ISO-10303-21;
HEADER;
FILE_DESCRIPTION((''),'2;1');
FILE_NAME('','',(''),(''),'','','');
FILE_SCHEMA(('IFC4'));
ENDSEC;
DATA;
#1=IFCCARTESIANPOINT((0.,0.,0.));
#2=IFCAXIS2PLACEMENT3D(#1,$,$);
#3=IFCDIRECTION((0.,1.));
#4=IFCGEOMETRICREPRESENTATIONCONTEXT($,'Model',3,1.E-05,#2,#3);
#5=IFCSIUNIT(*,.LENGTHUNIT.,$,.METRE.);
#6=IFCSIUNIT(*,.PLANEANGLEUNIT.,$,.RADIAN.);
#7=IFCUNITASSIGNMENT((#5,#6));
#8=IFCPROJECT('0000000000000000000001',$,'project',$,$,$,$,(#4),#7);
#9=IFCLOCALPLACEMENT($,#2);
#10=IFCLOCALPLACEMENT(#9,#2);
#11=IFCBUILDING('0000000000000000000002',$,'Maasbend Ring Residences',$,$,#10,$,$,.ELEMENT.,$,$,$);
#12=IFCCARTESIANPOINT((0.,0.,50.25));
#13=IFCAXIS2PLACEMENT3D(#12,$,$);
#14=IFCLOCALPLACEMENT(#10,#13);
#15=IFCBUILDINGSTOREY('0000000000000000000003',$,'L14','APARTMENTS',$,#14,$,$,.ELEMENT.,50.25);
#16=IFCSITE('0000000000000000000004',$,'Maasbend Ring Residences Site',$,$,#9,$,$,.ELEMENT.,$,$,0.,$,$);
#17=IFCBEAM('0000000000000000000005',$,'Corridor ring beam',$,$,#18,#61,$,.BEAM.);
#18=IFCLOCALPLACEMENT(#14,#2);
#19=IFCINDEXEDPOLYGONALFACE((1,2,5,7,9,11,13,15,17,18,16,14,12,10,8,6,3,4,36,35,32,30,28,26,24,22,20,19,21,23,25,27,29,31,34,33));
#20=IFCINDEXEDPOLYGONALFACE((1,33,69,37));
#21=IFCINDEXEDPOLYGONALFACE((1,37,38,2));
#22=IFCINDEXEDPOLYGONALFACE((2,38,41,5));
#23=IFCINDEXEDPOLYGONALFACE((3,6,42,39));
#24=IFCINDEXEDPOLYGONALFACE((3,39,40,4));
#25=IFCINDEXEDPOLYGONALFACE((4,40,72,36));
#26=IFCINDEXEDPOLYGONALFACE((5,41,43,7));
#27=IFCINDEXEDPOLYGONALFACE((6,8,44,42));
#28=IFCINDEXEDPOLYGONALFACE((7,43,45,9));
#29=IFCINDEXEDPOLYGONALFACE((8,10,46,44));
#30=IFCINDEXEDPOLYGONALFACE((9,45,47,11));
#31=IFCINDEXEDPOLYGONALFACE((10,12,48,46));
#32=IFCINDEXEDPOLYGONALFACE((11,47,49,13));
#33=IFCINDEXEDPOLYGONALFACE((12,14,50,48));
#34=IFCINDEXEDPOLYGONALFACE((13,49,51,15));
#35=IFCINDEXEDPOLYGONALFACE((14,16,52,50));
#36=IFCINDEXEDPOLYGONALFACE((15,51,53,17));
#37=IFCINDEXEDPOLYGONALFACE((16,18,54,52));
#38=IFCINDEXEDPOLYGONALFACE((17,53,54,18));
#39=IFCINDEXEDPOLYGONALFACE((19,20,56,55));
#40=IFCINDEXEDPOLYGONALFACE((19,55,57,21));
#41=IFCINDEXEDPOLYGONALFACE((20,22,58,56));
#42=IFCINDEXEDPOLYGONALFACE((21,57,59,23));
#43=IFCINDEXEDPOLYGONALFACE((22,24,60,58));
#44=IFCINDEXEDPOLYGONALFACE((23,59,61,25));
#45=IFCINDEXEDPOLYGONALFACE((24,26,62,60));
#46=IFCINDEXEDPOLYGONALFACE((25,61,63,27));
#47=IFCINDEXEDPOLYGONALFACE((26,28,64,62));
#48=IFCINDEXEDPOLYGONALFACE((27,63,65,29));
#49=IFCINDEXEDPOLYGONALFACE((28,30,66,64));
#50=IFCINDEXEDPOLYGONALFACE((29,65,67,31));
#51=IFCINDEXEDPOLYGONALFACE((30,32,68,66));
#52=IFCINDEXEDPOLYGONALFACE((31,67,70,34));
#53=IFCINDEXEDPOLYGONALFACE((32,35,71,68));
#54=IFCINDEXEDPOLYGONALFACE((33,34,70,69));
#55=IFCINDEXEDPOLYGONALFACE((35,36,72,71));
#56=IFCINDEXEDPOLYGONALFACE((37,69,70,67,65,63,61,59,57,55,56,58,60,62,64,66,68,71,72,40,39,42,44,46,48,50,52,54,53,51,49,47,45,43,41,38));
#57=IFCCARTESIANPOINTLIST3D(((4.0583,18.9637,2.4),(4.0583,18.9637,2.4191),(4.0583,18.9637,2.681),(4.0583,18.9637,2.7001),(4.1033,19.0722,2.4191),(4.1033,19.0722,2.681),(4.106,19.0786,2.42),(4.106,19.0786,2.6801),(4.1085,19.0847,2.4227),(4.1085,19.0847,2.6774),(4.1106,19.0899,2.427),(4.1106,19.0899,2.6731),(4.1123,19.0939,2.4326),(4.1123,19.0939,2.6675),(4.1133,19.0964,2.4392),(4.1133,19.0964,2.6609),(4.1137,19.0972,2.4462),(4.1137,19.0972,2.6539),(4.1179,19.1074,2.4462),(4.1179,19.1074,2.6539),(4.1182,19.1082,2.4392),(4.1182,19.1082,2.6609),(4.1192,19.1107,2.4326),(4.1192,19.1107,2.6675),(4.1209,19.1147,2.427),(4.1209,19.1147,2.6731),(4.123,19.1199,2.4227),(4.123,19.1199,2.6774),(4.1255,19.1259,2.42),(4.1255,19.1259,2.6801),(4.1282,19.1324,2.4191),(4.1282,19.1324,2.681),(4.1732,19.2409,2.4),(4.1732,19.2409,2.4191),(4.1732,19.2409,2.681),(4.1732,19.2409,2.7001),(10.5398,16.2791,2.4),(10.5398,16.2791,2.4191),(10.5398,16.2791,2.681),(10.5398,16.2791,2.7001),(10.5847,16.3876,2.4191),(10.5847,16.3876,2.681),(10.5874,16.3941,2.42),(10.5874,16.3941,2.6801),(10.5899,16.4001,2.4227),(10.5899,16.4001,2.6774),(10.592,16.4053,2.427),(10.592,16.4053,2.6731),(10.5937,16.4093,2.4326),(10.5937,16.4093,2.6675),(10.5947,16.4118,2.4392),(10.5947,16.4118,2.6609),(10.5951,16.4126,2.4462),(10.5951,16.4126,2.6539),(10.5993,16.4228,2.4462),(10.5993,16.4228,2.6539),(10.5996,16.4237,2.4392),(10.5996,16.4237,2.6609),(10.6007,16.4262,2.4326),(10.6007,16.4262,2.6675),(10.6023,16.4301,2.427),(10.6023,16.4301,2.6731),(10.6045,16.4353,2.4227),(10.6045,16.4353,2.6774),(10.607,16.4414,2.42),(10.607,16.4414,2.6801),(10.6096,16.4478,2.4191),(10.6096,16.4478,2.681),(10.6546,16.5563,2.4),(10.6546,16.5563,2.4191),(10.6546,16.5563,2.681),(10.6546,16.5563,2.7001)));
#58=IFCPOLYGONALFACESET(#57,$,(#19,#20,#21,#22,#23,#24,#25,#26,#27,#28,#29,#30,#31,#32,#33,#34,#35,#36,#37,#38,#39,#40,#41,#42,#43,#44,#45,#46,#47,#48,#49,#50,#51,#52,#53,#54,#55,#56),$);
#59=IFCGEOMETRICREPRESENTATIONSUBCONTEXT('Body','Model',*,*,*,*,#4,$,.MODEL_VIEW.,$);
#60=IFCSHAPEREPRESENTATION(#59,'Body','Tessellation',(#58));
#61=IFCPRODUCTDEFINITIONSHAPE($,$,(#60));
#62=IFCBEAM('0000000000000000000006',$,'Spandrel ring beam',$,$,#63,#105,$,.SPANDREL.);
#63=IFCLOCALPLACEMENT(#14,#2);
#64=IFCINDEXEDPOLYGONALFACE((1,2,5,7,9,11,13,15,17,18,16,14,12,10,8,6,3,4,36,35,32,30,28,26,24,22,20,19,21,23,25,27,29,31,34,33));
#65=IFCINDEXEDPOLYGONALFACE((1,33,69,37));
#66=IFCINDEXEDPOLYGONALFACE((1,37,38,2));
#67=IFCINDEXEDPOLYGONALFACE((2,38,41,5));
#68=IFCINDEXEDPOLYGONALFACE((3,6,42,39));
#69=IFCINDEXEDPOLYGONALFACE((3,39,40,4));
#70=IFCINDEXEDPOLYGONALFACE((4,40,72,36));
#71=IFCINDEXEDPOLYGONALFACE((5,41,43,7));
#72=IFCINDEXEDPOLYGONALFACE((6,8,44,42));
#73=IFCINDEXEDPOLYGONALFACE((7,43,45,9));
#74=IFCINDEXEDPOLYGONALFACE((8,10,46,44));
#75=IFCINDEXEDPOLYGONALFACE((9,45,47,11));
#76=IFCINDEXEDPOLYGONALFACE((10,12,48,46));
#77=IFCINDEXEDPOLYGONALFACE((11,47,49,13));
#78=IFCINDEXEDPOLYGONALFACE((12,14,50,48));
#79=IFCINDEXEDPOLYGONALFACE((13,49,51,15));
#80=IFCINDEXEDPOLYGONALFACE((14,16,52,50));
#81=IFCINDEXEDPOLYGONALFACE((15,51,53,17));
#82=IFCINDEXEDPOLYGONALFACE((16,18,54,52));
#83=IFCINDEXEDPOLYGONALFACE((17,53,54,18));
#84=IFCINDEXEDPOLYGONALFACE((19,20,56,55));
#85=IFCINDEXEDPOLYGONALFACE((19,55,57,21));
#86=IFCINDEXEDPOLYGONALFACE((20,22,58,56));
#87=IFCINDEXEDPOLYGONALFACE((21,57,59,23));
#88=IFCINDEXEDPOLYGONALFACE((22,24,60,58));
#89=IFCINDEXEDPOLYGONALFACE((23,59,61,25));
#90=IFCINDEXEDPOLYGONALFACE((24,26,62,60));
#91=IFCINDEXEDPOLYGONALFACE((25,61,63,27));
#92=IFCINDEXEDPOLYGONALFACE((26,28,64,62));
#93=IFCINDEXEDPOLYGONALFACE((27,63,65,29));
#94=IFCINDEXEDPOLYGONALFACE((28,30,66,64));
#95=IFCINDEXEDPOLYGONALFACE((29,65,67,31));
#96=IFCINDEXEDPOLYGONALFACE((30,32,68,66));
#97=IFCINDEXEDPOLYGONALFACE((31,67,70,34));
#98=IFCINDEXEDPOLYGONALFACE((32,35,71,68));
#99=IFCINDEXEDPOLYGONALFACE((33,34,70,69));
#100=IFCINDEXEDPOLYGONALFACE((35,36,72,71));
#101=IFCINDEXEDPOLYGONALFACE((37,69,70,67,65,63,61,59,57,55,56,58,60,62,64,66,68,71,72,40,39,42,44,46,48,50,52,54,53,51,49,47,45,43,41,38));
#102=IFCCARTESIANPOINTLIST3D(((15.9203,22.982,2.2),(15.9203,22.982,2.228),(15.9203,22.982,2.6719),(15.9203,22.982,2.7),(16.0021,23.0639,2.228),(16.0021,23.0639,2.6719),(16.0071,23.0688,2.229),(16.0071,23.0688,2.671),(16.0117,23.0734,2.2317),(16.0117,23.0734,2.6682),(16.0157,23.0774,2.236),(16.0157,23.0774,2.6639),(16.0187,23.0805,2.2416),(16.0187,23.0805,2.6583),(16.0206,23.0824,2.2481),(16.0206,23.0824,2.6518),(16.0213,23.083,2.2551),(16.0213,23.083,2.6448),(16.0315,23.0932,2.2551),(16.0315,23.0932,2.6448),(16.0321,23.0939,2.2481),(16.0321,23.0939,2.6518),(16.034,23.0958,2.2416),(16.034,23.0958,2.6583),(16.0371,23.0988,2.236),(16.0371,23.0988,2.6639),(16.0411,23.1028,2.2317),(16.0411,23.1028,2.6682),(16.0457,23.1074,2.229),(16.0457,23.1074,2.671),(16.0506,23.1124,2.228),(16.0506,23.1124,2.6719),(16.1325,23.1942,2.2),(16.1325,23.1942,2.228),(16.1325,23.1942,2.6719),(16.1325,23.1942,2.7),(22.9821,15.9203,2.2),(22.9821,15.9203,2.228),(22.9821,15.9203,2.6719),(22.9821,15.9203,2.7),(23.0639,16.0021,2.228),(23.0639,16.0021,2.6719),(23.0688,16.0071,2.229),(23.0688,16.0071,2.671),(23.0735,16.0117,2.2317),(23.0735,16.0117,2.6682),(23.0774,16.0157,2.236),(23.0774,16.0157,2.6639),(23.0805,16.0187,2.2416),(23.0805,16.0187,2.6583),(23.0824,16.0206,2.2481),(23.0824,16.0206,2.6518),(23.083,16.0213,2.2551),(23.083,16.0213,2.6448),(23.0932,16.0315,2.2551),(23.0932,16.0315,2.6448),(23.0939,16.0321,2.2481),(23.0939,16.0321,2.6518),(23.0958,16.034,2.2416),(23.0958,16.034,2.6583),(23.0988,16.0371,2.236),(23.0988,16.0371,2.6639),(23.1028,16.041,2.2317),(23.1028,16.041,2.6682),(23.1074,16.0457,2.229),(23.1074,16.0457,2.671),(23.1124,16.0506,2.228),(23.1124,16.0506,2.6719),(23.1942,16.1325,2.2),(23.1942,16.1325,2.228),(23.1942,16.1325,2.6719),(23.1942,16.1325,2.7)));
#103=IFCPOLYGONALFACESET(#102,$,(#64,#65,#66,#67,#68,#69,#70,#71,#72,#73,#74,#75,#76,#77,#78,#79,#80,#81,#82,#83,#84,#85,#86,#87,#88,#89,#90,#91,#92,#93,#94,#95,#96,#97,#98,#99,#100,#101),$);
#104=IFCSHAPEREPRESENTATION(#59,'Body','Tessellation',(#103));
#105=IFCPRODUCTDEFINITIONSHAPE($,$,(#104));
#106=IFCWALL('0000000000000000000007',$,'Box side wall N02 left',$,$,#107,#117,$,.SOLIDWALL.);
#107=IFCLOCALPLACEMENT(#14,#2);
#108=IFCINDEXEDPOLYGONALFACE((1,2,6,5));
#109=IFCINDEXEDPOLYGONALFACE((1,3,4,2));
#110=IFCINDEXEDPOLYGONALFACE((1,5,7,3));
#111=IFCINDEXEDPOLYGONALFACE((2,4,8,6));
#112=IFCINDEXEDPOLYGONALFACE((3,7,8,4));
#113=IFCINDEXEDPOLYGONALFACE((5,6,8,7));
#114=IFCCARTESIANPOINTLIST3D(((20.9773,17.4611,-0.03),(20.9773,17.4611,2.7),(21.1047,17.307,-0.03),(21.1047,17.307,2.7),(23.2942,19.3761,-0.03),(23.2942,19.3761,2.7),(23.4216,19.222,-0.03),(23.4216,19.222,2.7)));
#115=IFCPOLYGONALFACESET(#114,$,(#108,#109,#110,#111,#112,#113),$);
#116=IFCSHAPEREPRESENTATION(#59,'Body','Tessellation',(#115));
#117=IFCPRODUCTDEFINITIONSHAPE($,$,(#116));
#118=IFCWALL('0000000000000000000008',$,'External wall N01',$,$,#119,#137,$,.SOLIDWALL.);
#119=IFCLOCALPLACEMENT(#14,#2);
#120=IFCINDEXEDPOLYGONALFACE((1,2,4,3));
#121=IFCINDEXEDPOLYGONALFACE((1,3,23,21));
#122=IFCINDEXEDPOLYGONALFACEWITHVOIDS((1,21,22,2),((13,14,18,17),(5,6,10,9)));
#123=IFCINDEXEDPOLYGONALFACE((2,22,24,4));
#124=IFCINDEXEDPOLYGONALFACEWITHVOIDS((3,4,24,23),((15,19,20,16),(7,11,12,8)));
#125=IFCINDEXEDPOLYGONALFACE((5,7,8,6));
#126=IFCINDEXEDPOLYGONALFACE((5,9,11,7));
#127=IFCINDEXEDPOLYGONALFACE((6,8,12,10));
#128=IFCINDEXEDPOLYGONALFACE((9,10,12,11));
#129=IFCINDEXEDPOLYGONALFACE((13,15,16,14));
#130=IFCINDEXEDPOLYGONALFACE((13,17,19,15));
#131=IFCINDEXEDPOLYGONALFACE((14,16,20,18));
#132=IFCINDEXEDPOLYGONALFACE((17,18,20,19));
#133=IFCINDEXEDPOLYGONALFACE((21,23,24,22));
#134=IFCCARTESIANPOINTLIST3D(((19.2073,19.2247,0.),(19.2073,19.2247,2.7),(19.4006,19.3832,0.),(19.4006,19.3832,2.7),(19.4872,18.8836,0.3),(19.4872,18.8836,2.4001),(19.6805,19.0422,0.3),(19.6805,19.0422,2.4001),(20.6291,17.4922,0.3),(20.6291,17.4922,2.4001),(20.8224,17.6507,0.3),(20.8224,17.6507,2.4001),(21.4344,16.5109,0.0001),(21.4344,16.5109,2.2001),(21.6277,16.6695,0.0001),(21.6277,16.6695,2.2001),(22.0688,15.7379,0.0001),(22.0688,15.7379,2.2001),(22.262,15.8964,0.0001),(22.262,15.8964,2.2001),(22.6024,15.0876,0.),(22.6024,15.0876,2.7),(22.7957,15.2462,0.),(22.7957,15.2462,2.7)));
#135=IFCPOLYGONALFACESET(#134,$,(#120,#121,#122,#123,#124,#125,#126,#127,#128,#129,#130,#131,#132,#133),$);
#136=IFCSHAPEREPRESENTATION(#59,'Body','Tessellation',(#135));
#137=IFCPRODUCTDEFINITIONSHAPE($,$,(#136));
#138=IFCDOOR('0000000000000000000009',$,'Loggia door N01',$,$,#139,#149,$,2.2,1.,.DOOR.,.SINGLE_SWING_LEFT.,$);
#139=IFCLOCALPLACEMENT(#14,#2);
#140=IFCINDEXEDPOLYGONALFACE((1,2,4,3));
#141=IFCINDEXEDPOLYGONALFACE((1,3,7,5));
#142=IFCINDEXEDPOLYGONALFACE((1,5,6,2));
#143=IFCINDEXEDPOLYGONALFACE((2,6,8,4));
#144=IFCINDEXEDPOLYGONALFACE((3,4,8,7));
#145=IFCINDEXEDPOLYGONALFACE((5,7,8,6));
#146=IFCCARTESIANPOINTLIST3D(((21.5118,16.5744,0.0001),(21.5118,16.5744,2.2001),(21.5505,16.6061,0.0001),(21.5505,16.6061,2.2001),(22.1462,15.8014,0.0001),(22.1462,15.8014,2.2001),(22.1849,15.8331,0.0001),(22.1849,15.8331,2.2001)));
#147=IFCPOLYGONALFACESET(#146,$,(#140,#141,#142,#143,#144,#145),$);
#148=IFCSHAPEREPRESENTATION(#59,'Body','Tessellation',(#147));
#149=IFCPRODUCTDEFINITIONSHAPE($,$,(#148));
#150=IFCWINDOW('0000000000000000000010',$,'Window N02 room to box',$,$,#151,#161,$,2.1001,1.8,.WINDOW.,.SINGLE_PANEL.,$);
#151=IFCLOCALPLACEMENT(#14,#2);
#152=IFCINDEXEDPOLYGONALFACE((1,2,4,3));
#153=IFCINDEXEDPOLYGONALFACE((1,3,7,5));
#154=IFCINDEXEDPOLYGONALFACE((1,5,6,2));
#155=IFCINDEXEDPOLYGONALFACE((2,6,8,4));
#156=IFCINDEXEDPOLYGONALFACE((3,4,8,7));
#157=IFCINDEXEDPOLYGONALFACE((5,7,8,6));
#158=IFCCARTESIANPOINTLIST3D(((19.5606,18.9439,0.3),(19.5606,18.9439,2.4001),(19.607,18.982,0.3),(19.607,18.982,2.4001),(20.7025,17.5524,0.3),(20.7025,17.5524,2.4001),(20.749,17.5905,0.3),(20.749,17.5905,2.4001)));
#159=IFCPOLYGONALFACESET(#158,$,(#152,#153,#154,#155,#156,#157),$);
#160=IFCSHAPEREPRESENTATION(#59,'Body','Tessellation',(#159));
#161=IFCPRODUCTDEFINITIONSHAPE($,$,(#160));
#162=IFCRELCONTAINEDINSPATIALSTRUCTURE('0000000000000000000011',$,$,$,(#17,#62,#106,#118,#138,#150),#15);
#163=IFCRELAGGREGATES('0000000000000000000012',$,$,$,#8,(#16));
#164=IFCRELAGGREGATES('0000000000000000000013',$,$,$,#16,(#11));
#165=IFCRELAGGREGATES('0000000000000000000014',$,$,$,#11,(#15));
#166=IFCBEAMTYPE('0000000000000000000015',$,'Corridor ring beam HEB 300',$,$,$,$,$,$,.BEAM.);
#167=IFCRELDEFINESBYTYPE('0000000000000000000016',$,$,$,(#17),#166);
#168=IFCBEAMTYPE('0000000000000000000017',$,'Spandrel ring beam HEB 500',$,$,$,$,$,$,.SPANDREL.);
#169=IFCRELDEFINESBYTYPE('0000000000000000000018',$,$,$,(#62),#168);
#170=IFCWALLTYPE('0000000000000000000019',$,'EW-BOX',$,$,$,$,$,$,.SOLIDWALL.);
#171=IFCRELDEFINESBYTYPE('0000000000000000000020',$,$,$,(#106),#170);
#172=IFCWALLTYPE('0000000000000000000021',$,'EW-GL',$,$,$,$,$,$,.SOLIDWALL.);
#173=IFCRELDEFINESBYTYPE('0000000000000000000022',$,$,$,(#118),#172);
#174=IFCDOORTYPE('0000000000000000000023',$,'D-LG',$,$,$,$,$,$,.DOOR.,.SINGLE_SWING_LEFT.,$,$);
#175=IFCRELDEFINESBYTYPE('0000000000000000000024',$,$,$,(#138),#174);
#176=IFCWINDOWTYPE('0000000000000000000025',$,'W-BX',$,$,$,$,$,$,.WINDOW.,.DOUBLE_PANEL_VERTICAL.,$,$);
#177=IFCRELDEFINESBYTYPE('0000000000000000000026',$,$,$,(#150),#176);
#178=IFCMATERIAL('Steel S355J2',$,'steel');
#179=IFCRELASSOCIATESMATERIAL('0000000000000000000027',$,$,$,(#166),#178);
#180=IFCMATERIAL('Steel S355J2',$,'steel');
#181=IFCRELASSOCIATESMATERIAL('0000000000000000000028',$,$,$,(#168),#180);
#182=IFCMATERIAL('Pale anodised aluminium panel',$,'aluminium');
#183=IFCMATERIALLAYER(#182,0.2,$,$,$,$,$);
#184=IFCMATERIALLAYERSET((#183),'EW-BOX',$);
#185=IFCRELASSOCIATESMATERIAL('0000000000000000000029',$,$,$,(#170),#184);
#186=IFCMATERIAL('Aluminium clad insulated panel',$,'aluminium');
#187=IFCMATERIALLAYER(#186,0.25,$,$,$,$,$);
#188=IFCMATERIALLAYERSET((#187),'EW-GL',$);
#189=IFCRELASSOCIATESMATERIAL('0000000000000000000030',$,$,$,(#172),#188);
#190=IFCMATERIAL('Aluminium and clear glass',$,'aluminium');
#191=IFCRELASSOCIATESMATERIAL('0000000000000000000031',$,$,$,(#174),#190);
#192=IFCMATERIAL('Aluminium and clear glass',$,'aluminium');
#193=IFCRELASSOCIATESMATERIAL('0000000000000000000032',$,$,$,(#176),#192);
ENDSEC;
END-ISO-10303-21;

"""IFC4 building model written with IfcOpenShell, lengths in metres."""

from ifc_helpers import new_model, si_unit, direction, frame, frame_2d, origin, origin_2d, place, context, subcontext, project, spatial, rectangle, i_section, extrude, material, layer, layer_set, material_profile, profile_set, type_object, element, fill, save


model = new_model("IFC4")

# Units and contexts
model_context = context("Model", 3, precision=1e-05, world=origin(), true_north=direction((0.0, 1.0)))
body_context = subcontext(model_context, "Body", "Model", "MODEL_VIEW")
ifc_project = project(units=[si_unit("LENGTHUNIT", "METRE"), si_unit("PLANEANGLEUNIT", "RADIAN")], contexts=[model_context])

# Site, building, storey
site_placement = place(None, origin())
site = spatial("IfcSite", under=ifc_project, at=site_placement, Name="Maasbend Ring Residences Site", CompositionType="ELEMENT", RefElevation=0.0)
building_placement = place(site_placement, origin())
building = spatial("IfcBuilding", under=site, at=building_placement, Name="Maasbend Ring Residences", CompositionType="ELEMENT")
storey_placement = place(building_placement, frame((0.0, 0.0, 50.25)))
storey = spatial("IfcBuildingStorey", under=building, at=storey_placement, Name="L14", Description="APARTMENTS", CompositionType="ELEMENT", Elevation=50.25)

# Beams
ifc_material_1 = material(Name="Steel S355J2", Category="steel")
ifc_material_profile_1 = material_profile(ifc_material_1, i_section(OverallWidth=0.3, OverallDepth=0.3, WebThickness=0.011, FlangeThickness=0.019, FilletRadius=0.0271, at=origin_2d()), Name="HEB 300")
ifc_profile_set_1 = profile_set([ifc_material_profile_1], Name="Steel S355J2")
beam_type_1 = type_object("IfcBeamType", Name="Corridor ring beam HEB 300", PredefinedType="BEAM", material=ifc_profile_set_1)
beam_1_placement = place(storey_placement, frame((10.5972, 16.4177, 2.55), z_axis=(-0.923886, 0.382667, 0.0), x_axis=(-0.382667, -0.923886, 0.0)))
element("IfcBeam", 1, at=beam_1_placement, inside=storey, type_object=beam_type_1, Name="Corridor ring beam", PredefinedType="BEAM", context=body_context, shape_type="SweptSolid", body=[
    extrude(i_section(OverallWidth=0.3, OverallDepth=0.3, WebThickness=0.011, FlangeThickness=0.019, FilletRadius=0.0271, at=origin_2d()), origin(), (0.0, 0.0, 1.0), 7.0154),
])
ifc_material_2 = material(Name="Steel S355J2", Category="steel")
ifc_material_profile_2 = material_profile(ifc_material_2, i_section(OverallWidth=0.3, OverallDepth=0.5, WebThickness=0.0144, FlangeThickness=0.0281, FilletRadius=0.0271, at=origin_2d()), Name="HEB 500")
ifc_profile_set_2 = profile_set([ifc_material_profile_2], Name="Steel S355J2")
beam_type_2 = type_object("IfcBeamType", Name="Spandrel ring beam HEB 500", PredefinedType="SPANDREL", material=ifc_profile_set_2)
beam_2_placement = place(storey_placement, frame((23.0881, 16.0264, 2.45), z_axis=(-0.707107, 0.707107, 0.0), x_axis=(-0.707107, -0.707107, 0.0)))
element("IfcBeam", 2, at=beam_2_placement, inside=storey, type_object=beam_type_2, Name="Spandrel ring beam", PredefinedType="SPANDREL", context=body_context, shape_type="SweptSolid", body=[
    extrude(i_section(OverallWidth=0.3, OverallDepth=0.5, WebThickness=0.0144, FlangeThickness=0.0281, FilletRadius=0.0271, at=origin_2d()), origin(), (0.0, 0.0, 1.0), 9.9868),
])

# Wall
ifc_material_3 = material(Name="Pale anodised aluminium panel", Category="aluminium")
ifc_layer_1 = layer(ifc_material_3, 0.2)
ifc_layer_set_1 = layer_set([ifc_layer_1], Name="EW-BOX")
wall_type_1 = type_object("IfcWallType", Name="EW-BOX", PredefinedType="SOLIDWALL", material=ifc_layer_set_1)
wall_1_placement = place(storey_placement, frame((21.041, 17.384, -0.03), z_axis=(0.0, 0.0, 1.0), x_axis=(0.770785, 0.637096, 0.0)))
element("IfcWall", 3, at=wall_1_placement, inside=storey, type_object=wall_type_1, Name="Box side wall N02 left", PredefinedType="SOLIDWALL", context=body_context, shape_type="SweptSolid", body=[
    extrude(rectangle(XDim=3.0059, YDim=0.2, at=frame_2d((1.5029, 0.0))), origin(), (0.0, 0.0, 1.0), 2.73),
])

# Wall, openings, door, window
ifc_material_4 = material(Name="Aluminium clad insulated panel", Category="aluminium")
ifc_layer_2 = layer(ifc_material_4, 0.25)
ifc_layer_set_2 = layer_set([ifc_layer_2], Name="EW-GL")
wall_type_2 = type_object("IfcWallType", Name="EW-GL", PredefinedType="SOLIDWALL", material=ifc_layer_set_2)
wall_2_placement = place(storey_placement, frame((22.699, 15.167, 0.0), z_axis=(0.0, 0.0, 1.0), x_axis=(-0.634382, 0.773019, 0.0)))
wall_2 = element("IfcWall", 4, at=wall_2_placement, inside=storey, type_object=wall_type_2, Name="External wall N01", PredefinedType="SOLIDWALL", context=body_context, shape_type="SweptSolid", body=[
    extrude(rectangle(XDim=5.3518, YDim=0.25, at=frame_2d((2.6758, 0.0))), origin(), (0.0, 0.0, 1.0), 2.7),
])
opening_1_placement = place(wall_2_placement, frame((0.8411, 0.0, 0.0)))
opening_1 = element("IfcOpeningElement", 5, at=opening_1_placement, cuts=wall_2, PredefinedType="OPENING", context=body_context, shape_type="SweptSolid", body=[
    extrude(rectangle(XDim=1.0, YDim=2.2, at=frame_2d((0.5, 1.1001))), frame((0.0, 0.135, 0.0), z_axis=(0.0, -1.0, 0.0), x_axis=(1.0, 0.0, 0.0)), (0.0, 0.0, 1.0), 0.27),
])
opening_2_placement = place(wall_2_placement, frame((3.1106, 0.0, 0.3)))
opening_2 = element("IfcOpeningElement", 6, at=opening_2_placement, cuts=wall_2, PredefinedType="OPENING", context=body_context, shape_type="SweptSolid", body=[
    extrude(rectangle(XDim=1.8, YDim=2.1001, at=frame_2d((0.8999, 1.05))), frame((0.0, 0.135, 0.0), z_axis=(0.0, -1.0, 0.0), x_axis=(1.0, 0.0, 0.0)), (0.0, 0.0, 1.0), 0.27),
])
ifc_material_5 = material(Name="Aluminium and clear glass", Category="aluminium")
door_type_1 = type_object("IfcDoorType", Name="D-LG", OperationType="SINGLE_SWING_LEFT", PredefinedType="DOOR", material=ifc_material_5)
door_1_placement = place(opening_1_placement, origin())
door_1 = element("IfcDoor", 7, at=door_1_placement, inside=storey, type_object=door_type_1, Name="Loggia door N01", OperationType="SINGLE_SWING_LEFT", OverallHeight=2.2, OverallWidth=1.0, PredefinedType="DOOR", context=body_context, shape_type="SweptSolid", body=[
    extrude(rectangle(XDim=1.0, YDim=2.2, at=frame_2d((0.5, 1.1001))), frame((0.0, 0.0249, 0.0), z_axis=(0.0, -1.0, 0.0), x_axis=(1.0, 0.0, 0.0)), (0.0, 0.0, 1.0), 0.05),
])
fill(opening_1, door_1)
ifc_material_6 = material(Name="Aluminium and clear glass", Category="aluminium")
window_type = type_object("IfcWindowType", Name="W-BX", PartitioningType="DOUBLE_PANEL_VERTICAL", PredefinedType="WINDOW", material=ifc_material_6)
window_1_placement = place(opening_2_placement, origin())
window_1 = element("IfcWindow", 8, at=window_1_placement, inside=storey, type_object=window_type, Name="Window N02 room to box", OverallHeight=2.1001, OverallWidth=1.8, PartitioningType="SINGLE_PANEL", PredefinedType="WINDOW", context=body_context, shape_type="SweptSolid", body=[
    extrude(rectangle(XDim=1.8, YDim=2.1001, at=frame_2d((0.8999, 1.05))), frame((0.0, 0.03, 0.0), z_axis=(0.0, -1.0, 0.0), x_axis=(1.0, 0.0, 0.0)), (0.0, 0.0, 1.0), 0.0601),
])
fill(opening_2, window_1)

save(model, "model.ifc")
